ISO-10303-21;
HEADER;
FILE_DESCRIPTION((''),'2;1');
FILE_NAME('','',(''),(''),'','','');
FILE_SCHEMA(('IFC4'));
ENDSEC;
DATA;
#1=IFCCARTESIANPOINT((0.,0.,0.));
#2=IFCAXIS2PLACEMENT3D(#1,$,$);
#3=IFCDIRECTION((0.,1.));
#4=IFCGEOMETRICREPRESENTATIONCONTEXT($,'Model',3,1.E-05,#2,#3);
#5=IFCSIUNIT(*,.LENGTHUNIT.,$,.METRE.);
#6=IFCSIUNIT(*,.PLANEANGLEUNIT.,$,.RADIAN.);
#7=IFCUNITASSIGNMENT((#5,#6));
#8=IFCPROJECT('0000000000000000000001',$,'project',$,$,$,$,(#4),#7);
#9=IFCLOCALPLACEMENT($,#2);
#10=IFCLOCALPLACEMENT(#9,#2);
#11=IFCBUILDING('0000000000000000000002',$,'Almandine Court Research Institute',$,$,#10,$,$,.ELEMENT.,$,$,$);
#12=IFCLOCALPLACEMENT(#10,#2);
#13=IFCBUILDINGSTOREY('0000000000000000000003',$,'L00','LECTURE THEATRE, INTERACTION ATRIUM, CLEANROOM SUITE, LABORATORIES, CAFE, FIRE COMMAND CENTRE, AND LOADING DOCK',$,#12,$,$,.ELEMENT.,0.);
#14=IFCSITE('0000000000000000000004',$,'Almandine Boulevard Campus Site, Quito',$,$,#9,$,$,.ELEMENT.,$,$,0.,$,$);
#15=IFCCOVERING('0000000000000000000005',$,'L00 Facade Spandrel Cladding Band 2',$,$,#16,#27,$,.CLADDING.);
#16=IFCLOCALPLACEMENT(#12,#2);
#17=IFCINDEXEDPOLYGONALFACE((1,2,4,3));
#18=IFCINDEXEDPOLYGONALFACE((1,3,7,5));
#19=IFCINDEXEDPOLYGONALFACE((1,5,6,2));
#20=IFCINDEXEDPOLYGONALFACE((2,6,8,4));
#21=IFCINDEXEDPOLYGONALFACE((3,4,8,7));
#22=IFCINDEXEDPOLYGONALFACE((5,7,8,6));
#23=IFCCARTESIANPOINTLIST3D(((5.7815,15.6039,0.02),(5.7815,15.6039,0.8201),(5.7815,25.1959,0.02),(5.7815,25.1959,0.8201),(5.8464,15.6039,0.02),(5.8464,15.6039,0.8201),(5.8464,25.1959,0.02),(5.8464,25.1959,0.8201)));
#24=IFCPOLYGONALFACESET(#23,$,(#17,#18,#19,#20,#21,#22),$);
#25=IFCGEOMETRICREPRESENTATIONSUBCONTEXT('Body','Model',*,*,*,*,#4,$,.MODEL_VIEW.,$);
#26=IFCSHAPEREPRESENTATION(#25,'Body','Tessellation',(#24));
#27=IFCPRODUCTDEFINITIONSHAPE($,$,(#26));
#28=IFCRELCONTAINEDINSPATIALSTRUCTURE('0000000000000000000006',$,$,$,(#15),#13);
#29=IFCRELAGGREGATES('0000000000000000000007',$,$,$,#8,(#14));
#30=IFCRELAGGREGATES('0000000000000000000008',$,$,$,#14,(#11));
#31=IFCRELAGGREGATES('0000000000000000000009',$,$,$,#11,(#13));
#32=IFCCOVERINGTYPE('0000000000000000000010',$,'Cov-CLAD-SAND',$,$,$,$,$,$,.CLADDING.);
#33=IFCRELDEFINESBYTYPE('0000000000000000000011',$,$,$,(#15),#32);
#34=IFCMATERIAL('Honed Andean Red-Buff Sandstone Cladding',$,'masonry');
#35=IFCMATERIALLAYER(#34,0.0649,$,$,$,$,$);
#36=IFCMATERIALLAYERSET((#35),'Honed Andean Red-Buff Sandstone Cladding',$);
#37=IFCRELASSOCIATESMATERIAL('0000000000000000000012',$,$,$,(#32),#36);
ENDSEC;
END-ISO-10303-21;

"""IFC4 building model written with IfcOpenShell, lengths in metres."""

from ifc_helpers import new_model, si_unit, direction, frame, origin, origin_2d, place, context, subcontext, project, spatial, rectangle, extrude, material, layer, layer_set, type_object, element, save


model = new_model("IFC4")

# Units and contexts
model_context = context("Model", 3, precision=1e-05, world=origin(), true_north=direction((0.0, 1.0)))
body_context = subcontext(model_context, "Body", "Model", "MODEL_VIEW")
ifc_project = project(units=[si_unit("LENGTHUNIT", "METRE"), si_unit("PLANEANGLEUNIT", "RADIAN")], contexts=[model_context])

# Site, building, storey
site_placement = place(None, origin())
site = spatial("IfcSite", under=ifc_project, at=site_placement, Name="Almandine Boulevard Campus Site, Quito", CompositionType="ELEMENT", RefElevation=0.0)
building_placement = place(site_placement, origin())
building = spatial("IfcBuilding", under=site, at=building_placement, Name="Almandine Court Research Institute", CompositionType="ELEMENT")
storey_placement = place(building_placement, origin())
storey = spatial("IfcBuildingStorey", under=building, at=storey_placement, Name="L00", Description="LECTURE THEATRE, INTERACTION ATRIUM, CLEANROOM SUITE, LABORATORIES, CAFE, FIRE COMMAND CENTRE, AND LOADING DOCK", CompositionType="ELEMENT", Elevation=0.0)

# Covering
ifc_material_1 = material(Name="Honed Andean Red-Buff Sandstone Cladding", Category="masonry")
ifc_layer_1 = layer(ifc_material_1, 0.0649)
ifc_layer_set_1 = layer_set([ifc_layer_1], Name="Honed Andean Red-Buff Sandstone Cladding")
covering_type = type_object("IfcCoveringType", Name="Cov-CLAD-SAND", PredefinedType="CLADDING", material=ifc_layer_set_1)
covering_placement = place(storey_placement, frame((5.814, 20.3999, 0.02), z_axis=(0.0, 0.0, 1.0), x_axis=(0.0, 1.0, 0.0)))
element("IfcCovering", 1, at=covering_placement, inside=storey, type_object=covering_type, Name="L00 Facade Spandrel Cladding Band 2", PredefinedType="CLADDING", context=body_context, shape_type="SweptSolid", body=[
    extrude(rectangle(XDim=9.592, YDim=0.0649, at=origin_2d()), origin(), (0.0, 0.0, 1.0), 0.8),
])

save(model, "model.ifc")
